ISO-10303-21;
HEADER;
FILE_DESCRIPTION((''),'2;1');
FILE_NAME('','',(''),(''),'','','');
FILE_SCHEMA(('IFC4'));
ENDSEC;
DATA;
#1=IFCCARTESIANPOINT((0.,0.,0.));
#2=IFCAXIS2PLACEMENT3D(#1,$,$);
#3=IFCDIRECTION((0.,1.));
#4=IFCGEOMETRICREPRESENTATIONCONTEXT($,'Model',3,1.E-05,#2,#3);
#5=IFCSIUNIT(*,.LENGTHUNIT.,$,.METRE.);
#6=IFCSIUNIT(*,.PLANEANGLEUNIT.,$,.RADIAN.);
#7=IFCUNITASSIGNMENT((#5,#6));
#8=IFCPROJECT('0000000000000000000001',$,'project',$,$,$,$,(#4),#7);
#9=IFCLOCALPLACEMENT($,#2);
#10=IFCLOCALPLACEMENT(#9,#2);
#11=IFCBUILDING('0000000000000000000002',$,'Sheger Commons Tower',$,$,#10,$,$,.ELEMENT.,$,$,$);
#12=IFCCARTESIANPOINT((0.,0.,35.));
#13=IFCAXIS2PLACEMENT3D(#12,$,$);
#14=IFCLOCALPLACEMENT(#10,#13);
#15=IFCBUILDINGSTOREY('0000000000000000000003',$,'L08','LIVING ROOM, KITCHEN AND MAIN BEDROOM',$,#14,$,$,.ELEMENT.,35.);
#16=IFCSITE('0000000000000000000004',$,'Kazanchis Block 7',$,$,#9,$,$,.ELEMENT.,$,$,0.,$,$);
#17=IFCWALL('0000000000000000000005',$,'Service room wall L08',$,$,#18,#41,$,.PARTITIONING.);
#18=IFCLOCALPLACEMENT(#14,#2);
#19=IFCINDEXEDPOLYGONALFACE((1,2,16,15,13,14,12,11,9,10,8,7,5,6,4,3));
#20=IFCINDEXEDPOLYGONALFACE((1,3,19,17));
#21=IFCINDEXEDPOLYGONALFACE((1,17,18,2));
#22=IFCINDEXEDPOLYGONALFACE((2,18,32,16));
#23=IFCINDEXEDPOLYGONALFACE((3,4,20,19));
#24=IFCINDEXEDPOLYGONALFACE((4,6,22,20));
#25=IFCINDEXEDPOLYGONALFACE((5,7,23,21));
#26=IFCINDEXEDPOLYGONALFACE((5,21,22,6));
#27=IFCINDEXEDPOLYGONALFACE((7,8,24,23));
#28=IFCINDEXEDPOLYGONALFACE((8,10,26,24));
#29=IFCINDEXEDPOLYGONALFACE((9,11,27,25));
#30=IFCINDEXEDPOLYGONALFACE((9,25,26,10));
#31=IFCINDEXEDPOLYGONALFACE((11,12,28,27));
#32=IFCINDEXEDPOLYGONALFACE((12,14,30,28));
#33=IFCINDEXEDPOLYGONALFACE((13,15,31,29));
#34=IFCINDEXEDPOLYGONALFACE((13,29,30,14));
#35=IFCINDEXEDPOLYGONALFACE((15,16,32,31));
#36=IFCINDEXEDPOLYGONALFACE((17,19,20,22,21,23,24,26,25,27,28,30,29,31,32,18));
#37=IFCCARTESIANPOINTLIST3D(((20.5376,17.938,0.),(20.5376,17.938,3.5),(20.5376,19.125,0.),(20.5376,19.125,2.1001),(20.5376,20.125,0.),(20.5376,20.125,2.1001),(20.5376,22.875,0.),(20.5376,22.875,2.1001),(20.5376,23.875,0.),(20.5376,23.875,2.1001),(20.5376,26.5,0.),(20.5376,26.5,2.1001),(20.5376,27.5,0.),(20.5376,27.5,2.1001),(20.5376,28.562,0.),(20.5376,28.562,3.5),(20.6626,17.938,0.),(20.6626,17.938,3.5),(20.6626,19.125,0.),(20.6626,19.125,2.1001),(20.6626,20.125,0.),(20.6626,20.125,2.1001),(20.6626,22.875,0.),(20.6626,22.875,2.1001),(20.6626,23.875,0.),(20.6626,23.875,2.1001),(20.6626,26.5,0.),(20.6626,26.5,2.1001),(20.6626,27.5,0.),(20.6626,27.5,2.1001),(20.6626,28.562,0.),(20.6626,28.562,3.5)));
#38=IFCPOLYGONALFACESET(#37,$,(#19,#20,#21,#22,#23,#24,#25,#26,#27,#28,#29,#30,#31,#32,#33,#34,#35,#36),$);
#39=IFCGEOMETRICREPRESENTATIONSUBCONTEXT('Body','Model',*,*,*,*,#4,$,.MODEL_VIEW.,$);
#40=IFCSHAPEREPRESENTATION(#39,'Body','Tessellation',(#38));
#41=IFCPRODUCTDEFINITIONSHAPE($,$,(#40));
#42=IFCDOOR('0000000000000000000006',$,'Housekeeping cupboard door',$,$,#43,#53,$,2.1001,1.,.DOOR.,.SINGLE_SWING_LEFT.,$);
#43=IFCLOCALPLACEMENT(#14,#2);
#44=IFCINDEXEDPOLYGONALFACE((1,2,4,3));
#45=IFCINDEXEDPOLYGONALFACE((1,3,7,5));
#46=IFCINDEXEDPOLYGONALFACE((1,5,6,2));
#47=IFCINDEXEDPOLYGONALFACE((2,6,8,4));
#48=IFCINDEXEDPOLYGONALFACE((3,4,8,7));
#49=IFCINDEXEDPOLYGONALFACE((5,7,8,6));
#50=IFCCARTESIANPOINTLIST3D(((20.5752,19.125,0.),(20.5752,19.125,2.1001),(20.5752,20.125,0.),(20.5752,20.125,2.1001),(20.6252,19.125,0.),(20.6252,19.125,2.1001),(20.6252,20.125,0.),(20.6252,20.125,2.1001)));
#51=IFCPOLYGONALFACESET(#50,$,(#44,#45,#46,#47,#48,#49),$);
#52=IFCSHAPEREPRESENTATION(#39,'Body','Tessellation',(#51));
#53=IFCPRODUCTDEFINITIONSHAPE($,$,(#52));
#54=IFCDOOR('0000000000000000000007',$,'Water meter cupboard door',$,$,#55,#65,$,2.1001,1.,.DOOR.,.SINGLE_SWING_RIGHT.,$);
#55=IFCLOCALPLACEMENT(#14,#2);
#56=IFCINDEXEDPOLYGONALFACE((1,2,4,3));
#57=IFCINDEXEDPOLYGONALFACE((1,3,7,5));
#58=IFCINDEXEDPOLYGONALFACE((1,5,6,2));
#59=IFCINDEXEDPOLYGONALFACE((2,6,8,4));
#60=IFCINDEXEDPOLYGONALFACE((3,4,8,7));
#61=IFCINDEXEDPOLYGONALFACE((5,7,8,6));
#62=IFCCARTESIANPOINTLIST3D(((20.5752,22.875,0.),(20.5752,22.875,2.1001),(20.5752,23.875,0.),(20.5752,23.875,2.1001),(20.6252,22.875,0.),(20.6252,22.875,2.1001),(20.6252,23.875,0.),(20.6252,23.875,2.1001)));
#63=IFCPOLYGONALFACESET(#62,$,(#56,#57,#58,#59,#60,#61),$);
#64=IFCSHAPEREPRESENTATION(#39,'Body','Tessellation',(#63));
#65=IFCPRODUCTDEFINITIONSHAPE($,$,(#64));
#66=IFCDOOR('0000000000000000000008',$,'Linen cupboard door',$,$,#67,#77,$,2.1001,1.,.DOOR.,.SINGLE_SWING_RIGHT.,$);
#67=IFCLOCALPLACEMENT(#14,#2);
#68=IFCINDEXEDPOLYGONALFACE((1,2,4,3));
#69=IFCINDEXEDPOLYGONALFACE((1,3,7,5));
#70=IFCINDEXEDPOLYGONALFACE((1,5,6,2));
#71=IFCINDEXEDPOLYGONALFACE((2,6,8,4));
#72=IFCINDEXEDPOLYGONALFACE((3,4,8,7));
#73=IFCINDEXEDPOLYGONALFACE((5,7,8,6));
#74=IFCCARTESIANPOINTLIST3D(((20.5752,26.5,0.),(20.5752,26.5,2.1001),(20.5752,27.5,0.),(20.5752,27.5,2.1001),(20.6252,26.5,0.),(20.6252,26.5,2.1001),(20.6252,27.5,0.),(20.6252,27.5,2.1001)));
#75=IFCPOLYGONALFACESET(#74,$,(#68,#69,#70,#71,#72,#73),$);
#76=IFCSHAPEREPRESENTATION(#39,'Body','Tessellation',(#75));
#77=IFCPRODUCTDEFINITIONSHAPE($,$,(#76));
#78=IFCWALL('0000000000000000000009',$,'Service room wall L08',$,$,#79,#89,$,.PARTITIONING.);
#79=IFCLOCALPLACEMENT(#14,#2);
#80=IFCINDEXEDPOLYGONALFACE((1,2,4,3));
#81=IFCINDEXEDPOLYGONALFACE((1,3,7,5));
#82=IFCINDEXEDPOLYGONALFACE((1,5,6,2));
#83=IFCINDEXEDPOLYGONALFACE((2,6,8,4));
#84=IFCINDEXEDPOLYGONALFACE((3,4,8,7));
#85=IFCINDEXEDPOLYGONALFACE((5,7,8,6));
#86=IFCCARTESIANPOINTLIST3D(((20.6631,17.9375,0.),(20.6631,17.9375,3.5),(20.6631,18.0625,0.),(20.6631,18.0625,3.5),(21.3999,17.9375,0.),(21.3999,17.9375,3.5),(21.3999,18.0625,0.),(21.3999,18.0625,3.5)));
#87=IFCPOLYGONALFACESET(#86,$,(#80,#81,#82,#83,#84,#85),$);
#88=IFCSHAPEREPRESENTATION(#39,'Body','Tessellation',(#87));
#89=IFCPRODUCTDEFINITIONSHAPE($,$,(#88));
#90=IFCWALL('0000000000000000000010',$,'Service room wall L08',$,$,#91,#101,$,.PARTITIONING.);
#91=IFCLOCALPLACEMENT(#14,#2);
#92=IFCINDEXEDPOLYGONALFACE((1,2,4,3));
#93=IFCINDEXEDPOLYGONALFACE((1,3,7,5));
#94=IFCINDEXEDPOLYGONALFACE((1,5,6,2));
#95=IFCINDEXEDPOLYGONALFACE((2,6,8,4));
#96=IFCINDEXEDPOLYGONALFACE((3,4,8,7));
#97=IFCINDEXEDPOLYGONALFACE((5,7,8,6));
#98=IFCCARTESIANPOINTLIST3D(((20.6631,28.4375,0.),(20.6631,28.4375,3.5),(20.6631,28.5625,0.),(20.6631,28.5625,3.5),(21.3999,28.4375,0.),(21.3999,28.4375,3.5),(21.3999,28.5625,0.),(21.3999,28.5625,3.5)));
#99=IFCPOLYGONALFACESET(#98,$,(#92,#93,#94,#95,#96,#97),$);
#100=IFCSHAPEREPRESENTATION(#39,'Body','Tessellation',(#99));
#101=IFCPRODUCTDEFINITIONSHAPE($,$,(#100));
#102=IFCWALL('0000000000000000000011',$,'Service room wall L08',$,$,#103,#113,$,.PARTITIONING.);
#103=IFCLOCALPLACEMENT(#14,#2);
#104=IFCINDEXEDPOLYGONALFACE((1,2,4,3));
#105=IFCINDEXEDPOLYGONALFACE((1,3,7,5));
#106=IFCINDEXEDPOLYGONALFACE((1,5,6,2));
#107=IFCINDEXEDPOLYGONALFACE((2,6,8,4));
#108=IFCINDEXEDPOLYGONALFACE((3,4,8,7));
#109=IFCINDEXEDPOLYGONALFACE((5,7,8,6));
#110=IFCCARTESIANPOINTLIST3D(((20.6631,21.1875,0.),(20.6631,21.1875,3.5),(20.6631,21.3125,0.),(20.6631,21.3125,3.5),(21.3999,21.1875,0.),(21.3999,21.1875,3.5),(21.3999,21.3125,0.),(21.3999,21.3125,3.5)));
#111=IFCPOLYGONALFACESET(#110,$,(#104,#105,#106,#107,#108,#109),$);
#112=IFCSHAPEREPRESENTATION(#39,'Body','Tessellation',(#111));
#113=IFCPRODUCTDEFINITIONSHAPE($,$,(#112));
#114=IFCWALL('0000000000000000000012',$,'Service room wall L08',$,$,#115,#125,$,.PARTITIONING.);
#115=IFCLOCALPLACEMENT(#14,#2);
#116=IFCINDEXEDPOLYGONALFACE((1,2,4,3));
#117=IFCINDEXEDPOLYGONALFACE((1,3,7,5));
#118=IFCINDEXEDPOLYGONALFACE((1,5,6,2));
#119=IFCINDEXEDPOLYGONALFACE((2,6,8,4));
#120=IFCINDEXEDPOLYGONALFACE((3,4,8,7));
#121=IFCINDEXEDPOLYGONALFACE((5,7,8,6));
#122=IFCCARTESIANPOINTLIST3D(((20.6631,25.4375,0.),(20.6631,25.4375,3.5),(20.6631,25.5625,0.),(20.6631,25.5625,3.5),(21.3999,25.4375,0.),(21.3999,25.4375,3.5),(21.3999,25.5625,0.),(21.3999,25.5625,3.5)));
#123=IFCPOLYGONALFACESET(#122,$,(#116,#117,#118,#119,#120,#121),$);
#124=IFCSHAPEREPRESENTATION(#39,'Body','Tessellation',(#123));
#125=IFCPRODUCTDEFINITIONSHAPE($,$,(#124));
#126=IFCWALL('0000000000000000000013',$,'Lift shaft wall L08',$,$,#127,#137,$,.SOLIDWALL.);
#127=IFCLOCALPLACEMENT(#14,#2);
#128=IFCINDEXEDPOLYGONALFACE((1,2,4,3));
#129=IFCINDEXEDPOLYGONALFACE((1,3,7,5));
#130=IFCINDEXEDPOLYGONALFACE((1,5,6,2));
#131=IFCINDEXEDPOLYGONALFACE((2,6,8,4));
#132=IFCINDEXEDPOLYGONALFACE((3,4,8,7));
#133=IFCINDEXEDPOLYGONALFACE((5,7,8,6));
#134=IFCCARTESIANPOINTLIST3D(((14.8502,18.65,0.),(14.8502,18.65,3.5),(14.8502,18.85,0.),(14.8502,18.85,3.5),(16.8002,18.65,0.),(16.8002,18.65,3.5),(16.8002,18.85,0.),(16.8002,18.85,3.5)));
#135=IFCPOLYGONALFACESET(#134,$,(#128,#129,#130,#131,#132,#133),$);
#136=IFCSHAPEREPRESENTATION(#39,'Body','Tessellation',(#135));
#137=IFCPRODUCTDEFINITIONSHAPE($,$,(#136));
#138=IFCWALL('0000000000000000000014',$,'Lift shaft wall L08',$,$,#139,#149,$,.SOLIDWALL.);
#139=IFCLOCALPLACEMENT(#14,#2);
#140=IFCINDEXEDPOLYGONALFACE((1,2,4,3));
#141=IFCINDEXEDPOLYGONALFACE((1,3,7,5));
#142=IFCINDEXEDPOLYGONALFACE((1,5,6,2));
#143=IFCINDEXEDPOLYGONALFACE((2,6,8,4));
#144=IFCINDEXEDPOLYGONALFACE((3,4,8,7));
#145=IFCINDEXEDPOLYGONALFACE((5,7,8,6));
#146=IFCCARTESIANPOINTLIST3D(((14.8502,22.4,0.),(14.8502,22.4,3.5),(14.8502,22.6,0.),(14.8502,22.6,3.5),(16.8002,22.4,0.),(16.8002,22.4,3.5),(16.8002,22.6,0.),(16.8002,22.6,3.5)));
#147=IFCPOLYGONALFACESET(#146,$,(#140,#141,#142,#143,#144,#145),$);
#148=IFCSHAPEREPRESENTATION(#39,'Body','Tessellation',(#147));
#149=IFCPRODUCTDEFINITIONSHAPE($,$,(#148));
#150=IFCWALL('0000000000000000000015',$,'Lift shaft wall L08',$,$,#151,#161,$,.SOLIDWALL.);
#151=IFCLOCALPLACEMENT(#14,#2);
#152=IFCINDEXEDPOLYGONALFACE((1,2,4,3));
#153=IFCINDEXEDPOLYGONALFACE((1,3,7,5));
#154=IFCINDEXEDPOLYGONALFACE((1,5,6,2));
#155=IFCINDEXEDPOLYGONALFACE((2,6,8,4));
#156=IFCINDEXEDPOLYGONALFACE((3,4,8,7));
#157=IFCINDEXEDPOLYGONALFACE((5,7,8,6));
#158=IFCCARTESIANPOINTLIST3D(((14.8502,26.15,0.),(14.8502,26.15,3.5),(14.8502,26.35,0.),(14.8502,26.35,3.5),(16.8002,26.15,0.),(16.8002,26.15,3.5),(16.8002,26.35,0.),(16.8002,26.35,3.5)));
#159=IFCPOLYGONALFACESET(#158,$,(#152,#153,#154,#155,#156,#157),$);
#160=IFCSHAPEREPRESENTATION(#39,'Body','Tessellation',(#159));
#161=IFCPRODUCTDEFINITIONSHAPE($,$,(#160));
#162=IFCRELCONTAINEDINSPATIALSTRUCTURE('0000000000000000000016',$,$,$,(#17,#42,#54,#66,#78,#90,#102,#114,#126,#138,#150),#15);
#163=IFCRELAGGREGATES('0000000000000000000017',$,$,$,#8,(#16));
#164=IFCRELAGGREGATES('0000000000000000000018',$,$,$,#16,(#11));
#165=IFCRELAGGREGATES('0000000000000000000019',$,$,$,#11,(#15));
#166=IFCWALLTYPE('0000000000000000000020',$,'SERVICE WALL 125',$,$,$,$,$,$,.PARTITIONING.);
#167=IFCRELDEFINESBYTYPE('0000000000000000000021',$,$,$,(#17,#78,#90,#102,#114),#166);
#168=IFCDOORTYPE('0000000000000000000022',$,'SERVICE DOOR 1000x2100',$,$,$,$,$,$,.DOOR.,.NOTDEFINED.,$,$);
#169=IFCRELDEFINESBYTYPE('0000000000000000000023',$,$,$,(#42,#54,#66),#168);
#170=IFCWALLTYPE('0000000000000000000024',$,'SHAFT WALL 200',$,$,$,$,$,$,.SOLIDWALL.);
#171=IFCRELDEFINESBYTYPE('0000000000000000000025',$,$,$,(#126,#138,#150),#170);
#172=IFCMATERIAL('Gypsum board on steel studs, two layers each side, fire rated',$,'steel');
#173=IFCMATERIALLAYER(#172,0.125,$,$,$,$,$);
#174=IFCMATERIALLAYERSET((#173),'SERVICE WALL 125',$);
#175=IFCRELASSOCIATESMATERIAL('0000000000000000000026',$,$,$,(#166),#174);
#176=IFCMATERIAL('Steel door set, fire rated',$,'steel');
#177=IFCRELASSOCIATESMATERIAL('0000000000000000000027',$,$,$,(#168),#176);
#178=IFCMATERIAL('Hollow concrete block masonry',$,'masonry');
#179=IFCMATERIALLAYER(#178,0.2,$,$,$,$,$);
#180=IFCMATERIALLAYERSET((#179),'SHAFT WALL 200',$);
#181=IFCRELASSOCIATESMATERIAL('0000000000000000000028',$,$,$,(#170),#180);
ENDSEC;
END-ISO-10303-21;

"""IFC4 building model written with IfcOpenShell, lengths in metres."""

from ifc_helpers import new_model, si_unit, direction, frame, frame_2d, origin, place, context, subcontext, project, spatial, rectangle, extrude, material, layer, layer_set, type_object, element, fill, save


model = new_model("IFC4")

# Units and contexts
model_context = context("Model", 3, precision=1e-05, world=origin(), true_north=direction((0.0, 1.0)))
body_context = subcontext(model_context, "Body", "Model", "MODEL_VIEW")
ifc_project = project(units=[si_unit("LENGTHUNIT", "METRE"), si_unit("PLANEANGLEUNIT", "RADIAN")], contexts=[model_context])

# Site, building, storey
site_placement = place(None, origin())
site = spatial("IfcSite", under=ifc_project, at=site_placement, Name="Kazanchis Block 7", CompositionType="ELEMENT", RefElevation=0.0)
building_placement = place(site_placement, origin())
building = spatial("IfcBuilding", under=site, at=building_placement, Name="Sheger Commons Tower", CompositionType="ELEMENT")
storey_placement = place(building_placement, frame((0.0, 0.0, 35.0)))
storey = spatial("IfcBuildingStorey", under=building, at=storey_placement, Name="L08", Description="LIVING ROOM, KITCHEN AND MAIN BEDROOM", CompositionType="ELEMENT", Elevation=35.0)

# Shared definitions
ifc_material_1 = material(Name="Gypsum board on steel studs, two layers each side, fire rated", Category="steel")
ifc_layer_1 = layer(ifc_material_1, 0.125)
ifc_layer_set_1 = layer_set([ifc_layer_1], Name="SERVICE WALL 125")
wall_type_1 = type_object("IfcWallType", Name="SERVICE WALL 125", PredefinedType="PARTITIONING", material=ifc_layer_set_1)

# Shared definitions
ifc_material_2 = material(Name="Steel door set, fire rated", Category="steel")
door_type_1 = type_object("IfcDoorType", Name="SERVICE DOOR 1000x2100", OperationType="NOTDEFINED", PredefinedType="DOOR", material=ifc_material_2)

# Wall, openings, doors
wall_1_placement = place(storey_placement, frame((20.6001, 17.938, 0.0), z_axis=(0.0, 0.0, 1.0), x_axis=(0.0, 1.0, 0.0)))
wall_1 = element("IfcWall", 1, at=wall_1_placement, inside=storey, type_object=wall_type_1, Name="Service room wall L08", PredefinedType="PARTITIONING", context=body_context, shape_type="SweptSolid", body=[
    extrude(rectangle(XDim=10.624, YDim=0.125, at=frame_2d((5.312, 0.0))), origin(), (0.0, 0.0, 1.0), 3.5),
])
opening_1_placement = place(wall_1_placement, frame((1.187, 0.0, 0.0)))
opening_1 = element("IfcOpeningElement", 2, at=opening_1_placement, cuts=wall_1, PredefinedType="OPENING", context=body_context, shape_type="SweptSolid", body=[
    extrude(rectangle(XDim=1.0, YDim=2.1001, at=frame_2d((0.5, 1.05))), frame((0.0, 0.0725, 0.0), z_axis=(0.0, -1.0, 0.0), x_axis=(1.0, 0.0, 0.0)), (0.0, 0.0, 1.0), 0.145),
])
opening_2_placement = place(wall_1_placement, frame((4.937, 0.0, 0.0)))
opening_2 = element("IfcOpeningElement", 3, at=opening_2_placement, cuts=wall_1, PredefinedType="OPENING", context=body_context, shape_type="SweptSolid", body=[
    extrude(rectangle(XDim=1.0, YDim=2.1001, at=frame_2d((0.5, 1.05))), frame((0.0, 0.0725, 0.0), z_axis=(0.0, -1.0, 0.0), x_axis=(1.0, 0.0, 0.0)), (0.0, 0.0, 1.0), 0.145),
])
opening_3_placement = place(wall_1_placement, frame((8.562, 0.0, 0.0)))
opening_3 = element("IfcOpeningElement", 4, at=opening_3_placement, cuts=wall_1, PredefinedType="OPENING", context=body_context, shape_type="SweptSolid", body=[
    extrude(rectangle(XDim=1.0, YDim=2.1001, at=frame_2d((0.5, 1.05))), frame((0.0, 0.0725, 0.0), z_axis=(0.0, -1.0, 0.0), x_axis=(1.0, 0.0, 0.0)), (0.0, 0.0, 1.0), 0.145),
])
door_1_placement = place(opening_1_placement, origin())
door_1 = element("IfcDoor", 5, at=door_1_placement, inside=storey, type_object=door_type_1, Name="Housekeeping cupboard door", OperationType="SINGLE_SWING_LEFT", OverallHeight=2.1001, OverallWidth=1.0, PredefinedType="DOOR", context=body_context, shape_type="SweptSolid", body=[
    extrude(rectangle(XDim=1.0, YDim=2.1001, at=frame_2d((0.5, 1.05))), frame((0.0, 0.0249, 0.0), z_axis=(0.0, -1.0, 0.0), x_axis=(1.0, 0.0, 0.0)), (0.0, 0.0, 1.0), 0.05),
])
fill(opening_1, door_1)
door_2_placement = place(opening_2_placement, origin())
door_2 = element("IfcDoor", 6, at=door_2_placement, inside=storey, type_object=door_type_1, Name="Water meter cupboard door", OperationType="SINGLE_SWING_RIGHT", OverallHeight=2.1001, OverallWidth=1.0, PredefinedType="DOOR", context=body_context, shape_type="SweptSolid", body=[
    extrude(rectangle(XDim=1.0, YDim=2.1001, at=frame_2d((0.5, 1.05))), frame((0.0, 0.0249, 0.0), z_axis=(0.0, -1.0, 0.0), x_axis=(1.0, 0.0, 0.0)), (0.0, 0.0, 1.0), 0.05),
])
fill(opening_2, door_2)
door_3_placement = place(opening_3_placement, origin())
door_3 = element("IfcDoor", 7, at=door_3_placement, inside=storey, type_object=door_type_1, Name="Linen cupboard door", OperationType="SINGLE_SWING_RIGHT", OverallHeight=2.1001, OverallWidth=1.0, PredefinedType="DOOR", context=body_context, shape_type="SweptSolid", body=[
    extrude(rectangle(XDim=1.0, YDim=2.1001, at=frame_2d((0.5, 1.05))), frame((0.0, 0.0249, 0.0), z_axis=(0.0, -1.0, 0.0), x_axis=(1.0, 0.0, 0.0)), (0.0, 0.0, 1.0), 0.05),
])
fill(opening_3, door_3)

# Walls
for number, where, z_axis, x_axis, name in (
    (8, (20.6631, 18.0, 0.0), (0.0, 0.0, 1.0), (1.0, 0.0, 0.0), "Service room wall L08"),
    (9, (20.6631, 28.5, 0.0), (0.0, 0.0, 1.0), (1.0, 0.0, 0.0), "Service room wall L08"),
    (10, (20.6631, 21.25, 0.0), (0.0, 0.0, 1.0), (1.0, 0.0, 0.0), "Service room wall L08"),
    (11, (20.6631, 25.5, 0.0), (0.0, 0.0, 1.0), (1.0, 0.0, 0.0), "Service room wall L08"),
):
    element("IfcWall", number, at=place(storey_placement, frame(where, z_axis=z_axis, x_axis=x_axis)), inside=storey, type_object=wall_type_1, Name=name, PredefinedType="PARTITIONING", context=body_context, shape_type="SweptSolid", body=[
        extrude(rectangle(XDim=0.7368, YDim=0.125, at=frame_2d((0.3684, 0.0))), origin(), (0.0, 0.0, 1.0), 3.5),
    ])
ifc_material_3 = material(Name="Hollow concrete block masonry", Category="masonry")
ifc_layer_2 = layer(ifc_material_3, 0.2)
ifc_layer_set_2 = layer_set([ifc_layer_2], Name="SHAFT WALL 200")
wall_type_2 = type_object("IfcWallType", Name="SHAFT WALL 200", PredefinedType="SOLIDWALL", material=ifc_layer_set_2)
for number, where, z_axis, x_axis, name in (
    (12, (14.8501, 18.75, 0.0), (0.0, 0.0, 1.0), (1.0, 0.0, 0.0), "Lift shaft wall L08"),
    (13, (14.8501, 22.5, 0.0), (0.0, 0.0, 1.0), (1.0, 0.0, 0.0), "Lift shaft wall L08"),
    (14, (14.8501, 26.25, 0.0), (0.0, 0.0, 1.0), (1.0, 0.0, 0.0), "Lift shaft wall L08"),
):
    element("IfcWall", number, at=place(storey_placement, frame(where, z_axis=z_axis, x_axis=x_axis)), inside=storey, type_object=wall_type_2, Name=name, PredefinedType="SOLIDWALL", context=body_context, shape_type="SweptSolid", body=[
        extrude(rectangle(XDim=1.95, YDim=0.2, at=frame_2d((0.9751, 0.0))), origin(), (0.0, 0.0, 1.0), 3.5),
    ])

save(model, "model.ifc")
